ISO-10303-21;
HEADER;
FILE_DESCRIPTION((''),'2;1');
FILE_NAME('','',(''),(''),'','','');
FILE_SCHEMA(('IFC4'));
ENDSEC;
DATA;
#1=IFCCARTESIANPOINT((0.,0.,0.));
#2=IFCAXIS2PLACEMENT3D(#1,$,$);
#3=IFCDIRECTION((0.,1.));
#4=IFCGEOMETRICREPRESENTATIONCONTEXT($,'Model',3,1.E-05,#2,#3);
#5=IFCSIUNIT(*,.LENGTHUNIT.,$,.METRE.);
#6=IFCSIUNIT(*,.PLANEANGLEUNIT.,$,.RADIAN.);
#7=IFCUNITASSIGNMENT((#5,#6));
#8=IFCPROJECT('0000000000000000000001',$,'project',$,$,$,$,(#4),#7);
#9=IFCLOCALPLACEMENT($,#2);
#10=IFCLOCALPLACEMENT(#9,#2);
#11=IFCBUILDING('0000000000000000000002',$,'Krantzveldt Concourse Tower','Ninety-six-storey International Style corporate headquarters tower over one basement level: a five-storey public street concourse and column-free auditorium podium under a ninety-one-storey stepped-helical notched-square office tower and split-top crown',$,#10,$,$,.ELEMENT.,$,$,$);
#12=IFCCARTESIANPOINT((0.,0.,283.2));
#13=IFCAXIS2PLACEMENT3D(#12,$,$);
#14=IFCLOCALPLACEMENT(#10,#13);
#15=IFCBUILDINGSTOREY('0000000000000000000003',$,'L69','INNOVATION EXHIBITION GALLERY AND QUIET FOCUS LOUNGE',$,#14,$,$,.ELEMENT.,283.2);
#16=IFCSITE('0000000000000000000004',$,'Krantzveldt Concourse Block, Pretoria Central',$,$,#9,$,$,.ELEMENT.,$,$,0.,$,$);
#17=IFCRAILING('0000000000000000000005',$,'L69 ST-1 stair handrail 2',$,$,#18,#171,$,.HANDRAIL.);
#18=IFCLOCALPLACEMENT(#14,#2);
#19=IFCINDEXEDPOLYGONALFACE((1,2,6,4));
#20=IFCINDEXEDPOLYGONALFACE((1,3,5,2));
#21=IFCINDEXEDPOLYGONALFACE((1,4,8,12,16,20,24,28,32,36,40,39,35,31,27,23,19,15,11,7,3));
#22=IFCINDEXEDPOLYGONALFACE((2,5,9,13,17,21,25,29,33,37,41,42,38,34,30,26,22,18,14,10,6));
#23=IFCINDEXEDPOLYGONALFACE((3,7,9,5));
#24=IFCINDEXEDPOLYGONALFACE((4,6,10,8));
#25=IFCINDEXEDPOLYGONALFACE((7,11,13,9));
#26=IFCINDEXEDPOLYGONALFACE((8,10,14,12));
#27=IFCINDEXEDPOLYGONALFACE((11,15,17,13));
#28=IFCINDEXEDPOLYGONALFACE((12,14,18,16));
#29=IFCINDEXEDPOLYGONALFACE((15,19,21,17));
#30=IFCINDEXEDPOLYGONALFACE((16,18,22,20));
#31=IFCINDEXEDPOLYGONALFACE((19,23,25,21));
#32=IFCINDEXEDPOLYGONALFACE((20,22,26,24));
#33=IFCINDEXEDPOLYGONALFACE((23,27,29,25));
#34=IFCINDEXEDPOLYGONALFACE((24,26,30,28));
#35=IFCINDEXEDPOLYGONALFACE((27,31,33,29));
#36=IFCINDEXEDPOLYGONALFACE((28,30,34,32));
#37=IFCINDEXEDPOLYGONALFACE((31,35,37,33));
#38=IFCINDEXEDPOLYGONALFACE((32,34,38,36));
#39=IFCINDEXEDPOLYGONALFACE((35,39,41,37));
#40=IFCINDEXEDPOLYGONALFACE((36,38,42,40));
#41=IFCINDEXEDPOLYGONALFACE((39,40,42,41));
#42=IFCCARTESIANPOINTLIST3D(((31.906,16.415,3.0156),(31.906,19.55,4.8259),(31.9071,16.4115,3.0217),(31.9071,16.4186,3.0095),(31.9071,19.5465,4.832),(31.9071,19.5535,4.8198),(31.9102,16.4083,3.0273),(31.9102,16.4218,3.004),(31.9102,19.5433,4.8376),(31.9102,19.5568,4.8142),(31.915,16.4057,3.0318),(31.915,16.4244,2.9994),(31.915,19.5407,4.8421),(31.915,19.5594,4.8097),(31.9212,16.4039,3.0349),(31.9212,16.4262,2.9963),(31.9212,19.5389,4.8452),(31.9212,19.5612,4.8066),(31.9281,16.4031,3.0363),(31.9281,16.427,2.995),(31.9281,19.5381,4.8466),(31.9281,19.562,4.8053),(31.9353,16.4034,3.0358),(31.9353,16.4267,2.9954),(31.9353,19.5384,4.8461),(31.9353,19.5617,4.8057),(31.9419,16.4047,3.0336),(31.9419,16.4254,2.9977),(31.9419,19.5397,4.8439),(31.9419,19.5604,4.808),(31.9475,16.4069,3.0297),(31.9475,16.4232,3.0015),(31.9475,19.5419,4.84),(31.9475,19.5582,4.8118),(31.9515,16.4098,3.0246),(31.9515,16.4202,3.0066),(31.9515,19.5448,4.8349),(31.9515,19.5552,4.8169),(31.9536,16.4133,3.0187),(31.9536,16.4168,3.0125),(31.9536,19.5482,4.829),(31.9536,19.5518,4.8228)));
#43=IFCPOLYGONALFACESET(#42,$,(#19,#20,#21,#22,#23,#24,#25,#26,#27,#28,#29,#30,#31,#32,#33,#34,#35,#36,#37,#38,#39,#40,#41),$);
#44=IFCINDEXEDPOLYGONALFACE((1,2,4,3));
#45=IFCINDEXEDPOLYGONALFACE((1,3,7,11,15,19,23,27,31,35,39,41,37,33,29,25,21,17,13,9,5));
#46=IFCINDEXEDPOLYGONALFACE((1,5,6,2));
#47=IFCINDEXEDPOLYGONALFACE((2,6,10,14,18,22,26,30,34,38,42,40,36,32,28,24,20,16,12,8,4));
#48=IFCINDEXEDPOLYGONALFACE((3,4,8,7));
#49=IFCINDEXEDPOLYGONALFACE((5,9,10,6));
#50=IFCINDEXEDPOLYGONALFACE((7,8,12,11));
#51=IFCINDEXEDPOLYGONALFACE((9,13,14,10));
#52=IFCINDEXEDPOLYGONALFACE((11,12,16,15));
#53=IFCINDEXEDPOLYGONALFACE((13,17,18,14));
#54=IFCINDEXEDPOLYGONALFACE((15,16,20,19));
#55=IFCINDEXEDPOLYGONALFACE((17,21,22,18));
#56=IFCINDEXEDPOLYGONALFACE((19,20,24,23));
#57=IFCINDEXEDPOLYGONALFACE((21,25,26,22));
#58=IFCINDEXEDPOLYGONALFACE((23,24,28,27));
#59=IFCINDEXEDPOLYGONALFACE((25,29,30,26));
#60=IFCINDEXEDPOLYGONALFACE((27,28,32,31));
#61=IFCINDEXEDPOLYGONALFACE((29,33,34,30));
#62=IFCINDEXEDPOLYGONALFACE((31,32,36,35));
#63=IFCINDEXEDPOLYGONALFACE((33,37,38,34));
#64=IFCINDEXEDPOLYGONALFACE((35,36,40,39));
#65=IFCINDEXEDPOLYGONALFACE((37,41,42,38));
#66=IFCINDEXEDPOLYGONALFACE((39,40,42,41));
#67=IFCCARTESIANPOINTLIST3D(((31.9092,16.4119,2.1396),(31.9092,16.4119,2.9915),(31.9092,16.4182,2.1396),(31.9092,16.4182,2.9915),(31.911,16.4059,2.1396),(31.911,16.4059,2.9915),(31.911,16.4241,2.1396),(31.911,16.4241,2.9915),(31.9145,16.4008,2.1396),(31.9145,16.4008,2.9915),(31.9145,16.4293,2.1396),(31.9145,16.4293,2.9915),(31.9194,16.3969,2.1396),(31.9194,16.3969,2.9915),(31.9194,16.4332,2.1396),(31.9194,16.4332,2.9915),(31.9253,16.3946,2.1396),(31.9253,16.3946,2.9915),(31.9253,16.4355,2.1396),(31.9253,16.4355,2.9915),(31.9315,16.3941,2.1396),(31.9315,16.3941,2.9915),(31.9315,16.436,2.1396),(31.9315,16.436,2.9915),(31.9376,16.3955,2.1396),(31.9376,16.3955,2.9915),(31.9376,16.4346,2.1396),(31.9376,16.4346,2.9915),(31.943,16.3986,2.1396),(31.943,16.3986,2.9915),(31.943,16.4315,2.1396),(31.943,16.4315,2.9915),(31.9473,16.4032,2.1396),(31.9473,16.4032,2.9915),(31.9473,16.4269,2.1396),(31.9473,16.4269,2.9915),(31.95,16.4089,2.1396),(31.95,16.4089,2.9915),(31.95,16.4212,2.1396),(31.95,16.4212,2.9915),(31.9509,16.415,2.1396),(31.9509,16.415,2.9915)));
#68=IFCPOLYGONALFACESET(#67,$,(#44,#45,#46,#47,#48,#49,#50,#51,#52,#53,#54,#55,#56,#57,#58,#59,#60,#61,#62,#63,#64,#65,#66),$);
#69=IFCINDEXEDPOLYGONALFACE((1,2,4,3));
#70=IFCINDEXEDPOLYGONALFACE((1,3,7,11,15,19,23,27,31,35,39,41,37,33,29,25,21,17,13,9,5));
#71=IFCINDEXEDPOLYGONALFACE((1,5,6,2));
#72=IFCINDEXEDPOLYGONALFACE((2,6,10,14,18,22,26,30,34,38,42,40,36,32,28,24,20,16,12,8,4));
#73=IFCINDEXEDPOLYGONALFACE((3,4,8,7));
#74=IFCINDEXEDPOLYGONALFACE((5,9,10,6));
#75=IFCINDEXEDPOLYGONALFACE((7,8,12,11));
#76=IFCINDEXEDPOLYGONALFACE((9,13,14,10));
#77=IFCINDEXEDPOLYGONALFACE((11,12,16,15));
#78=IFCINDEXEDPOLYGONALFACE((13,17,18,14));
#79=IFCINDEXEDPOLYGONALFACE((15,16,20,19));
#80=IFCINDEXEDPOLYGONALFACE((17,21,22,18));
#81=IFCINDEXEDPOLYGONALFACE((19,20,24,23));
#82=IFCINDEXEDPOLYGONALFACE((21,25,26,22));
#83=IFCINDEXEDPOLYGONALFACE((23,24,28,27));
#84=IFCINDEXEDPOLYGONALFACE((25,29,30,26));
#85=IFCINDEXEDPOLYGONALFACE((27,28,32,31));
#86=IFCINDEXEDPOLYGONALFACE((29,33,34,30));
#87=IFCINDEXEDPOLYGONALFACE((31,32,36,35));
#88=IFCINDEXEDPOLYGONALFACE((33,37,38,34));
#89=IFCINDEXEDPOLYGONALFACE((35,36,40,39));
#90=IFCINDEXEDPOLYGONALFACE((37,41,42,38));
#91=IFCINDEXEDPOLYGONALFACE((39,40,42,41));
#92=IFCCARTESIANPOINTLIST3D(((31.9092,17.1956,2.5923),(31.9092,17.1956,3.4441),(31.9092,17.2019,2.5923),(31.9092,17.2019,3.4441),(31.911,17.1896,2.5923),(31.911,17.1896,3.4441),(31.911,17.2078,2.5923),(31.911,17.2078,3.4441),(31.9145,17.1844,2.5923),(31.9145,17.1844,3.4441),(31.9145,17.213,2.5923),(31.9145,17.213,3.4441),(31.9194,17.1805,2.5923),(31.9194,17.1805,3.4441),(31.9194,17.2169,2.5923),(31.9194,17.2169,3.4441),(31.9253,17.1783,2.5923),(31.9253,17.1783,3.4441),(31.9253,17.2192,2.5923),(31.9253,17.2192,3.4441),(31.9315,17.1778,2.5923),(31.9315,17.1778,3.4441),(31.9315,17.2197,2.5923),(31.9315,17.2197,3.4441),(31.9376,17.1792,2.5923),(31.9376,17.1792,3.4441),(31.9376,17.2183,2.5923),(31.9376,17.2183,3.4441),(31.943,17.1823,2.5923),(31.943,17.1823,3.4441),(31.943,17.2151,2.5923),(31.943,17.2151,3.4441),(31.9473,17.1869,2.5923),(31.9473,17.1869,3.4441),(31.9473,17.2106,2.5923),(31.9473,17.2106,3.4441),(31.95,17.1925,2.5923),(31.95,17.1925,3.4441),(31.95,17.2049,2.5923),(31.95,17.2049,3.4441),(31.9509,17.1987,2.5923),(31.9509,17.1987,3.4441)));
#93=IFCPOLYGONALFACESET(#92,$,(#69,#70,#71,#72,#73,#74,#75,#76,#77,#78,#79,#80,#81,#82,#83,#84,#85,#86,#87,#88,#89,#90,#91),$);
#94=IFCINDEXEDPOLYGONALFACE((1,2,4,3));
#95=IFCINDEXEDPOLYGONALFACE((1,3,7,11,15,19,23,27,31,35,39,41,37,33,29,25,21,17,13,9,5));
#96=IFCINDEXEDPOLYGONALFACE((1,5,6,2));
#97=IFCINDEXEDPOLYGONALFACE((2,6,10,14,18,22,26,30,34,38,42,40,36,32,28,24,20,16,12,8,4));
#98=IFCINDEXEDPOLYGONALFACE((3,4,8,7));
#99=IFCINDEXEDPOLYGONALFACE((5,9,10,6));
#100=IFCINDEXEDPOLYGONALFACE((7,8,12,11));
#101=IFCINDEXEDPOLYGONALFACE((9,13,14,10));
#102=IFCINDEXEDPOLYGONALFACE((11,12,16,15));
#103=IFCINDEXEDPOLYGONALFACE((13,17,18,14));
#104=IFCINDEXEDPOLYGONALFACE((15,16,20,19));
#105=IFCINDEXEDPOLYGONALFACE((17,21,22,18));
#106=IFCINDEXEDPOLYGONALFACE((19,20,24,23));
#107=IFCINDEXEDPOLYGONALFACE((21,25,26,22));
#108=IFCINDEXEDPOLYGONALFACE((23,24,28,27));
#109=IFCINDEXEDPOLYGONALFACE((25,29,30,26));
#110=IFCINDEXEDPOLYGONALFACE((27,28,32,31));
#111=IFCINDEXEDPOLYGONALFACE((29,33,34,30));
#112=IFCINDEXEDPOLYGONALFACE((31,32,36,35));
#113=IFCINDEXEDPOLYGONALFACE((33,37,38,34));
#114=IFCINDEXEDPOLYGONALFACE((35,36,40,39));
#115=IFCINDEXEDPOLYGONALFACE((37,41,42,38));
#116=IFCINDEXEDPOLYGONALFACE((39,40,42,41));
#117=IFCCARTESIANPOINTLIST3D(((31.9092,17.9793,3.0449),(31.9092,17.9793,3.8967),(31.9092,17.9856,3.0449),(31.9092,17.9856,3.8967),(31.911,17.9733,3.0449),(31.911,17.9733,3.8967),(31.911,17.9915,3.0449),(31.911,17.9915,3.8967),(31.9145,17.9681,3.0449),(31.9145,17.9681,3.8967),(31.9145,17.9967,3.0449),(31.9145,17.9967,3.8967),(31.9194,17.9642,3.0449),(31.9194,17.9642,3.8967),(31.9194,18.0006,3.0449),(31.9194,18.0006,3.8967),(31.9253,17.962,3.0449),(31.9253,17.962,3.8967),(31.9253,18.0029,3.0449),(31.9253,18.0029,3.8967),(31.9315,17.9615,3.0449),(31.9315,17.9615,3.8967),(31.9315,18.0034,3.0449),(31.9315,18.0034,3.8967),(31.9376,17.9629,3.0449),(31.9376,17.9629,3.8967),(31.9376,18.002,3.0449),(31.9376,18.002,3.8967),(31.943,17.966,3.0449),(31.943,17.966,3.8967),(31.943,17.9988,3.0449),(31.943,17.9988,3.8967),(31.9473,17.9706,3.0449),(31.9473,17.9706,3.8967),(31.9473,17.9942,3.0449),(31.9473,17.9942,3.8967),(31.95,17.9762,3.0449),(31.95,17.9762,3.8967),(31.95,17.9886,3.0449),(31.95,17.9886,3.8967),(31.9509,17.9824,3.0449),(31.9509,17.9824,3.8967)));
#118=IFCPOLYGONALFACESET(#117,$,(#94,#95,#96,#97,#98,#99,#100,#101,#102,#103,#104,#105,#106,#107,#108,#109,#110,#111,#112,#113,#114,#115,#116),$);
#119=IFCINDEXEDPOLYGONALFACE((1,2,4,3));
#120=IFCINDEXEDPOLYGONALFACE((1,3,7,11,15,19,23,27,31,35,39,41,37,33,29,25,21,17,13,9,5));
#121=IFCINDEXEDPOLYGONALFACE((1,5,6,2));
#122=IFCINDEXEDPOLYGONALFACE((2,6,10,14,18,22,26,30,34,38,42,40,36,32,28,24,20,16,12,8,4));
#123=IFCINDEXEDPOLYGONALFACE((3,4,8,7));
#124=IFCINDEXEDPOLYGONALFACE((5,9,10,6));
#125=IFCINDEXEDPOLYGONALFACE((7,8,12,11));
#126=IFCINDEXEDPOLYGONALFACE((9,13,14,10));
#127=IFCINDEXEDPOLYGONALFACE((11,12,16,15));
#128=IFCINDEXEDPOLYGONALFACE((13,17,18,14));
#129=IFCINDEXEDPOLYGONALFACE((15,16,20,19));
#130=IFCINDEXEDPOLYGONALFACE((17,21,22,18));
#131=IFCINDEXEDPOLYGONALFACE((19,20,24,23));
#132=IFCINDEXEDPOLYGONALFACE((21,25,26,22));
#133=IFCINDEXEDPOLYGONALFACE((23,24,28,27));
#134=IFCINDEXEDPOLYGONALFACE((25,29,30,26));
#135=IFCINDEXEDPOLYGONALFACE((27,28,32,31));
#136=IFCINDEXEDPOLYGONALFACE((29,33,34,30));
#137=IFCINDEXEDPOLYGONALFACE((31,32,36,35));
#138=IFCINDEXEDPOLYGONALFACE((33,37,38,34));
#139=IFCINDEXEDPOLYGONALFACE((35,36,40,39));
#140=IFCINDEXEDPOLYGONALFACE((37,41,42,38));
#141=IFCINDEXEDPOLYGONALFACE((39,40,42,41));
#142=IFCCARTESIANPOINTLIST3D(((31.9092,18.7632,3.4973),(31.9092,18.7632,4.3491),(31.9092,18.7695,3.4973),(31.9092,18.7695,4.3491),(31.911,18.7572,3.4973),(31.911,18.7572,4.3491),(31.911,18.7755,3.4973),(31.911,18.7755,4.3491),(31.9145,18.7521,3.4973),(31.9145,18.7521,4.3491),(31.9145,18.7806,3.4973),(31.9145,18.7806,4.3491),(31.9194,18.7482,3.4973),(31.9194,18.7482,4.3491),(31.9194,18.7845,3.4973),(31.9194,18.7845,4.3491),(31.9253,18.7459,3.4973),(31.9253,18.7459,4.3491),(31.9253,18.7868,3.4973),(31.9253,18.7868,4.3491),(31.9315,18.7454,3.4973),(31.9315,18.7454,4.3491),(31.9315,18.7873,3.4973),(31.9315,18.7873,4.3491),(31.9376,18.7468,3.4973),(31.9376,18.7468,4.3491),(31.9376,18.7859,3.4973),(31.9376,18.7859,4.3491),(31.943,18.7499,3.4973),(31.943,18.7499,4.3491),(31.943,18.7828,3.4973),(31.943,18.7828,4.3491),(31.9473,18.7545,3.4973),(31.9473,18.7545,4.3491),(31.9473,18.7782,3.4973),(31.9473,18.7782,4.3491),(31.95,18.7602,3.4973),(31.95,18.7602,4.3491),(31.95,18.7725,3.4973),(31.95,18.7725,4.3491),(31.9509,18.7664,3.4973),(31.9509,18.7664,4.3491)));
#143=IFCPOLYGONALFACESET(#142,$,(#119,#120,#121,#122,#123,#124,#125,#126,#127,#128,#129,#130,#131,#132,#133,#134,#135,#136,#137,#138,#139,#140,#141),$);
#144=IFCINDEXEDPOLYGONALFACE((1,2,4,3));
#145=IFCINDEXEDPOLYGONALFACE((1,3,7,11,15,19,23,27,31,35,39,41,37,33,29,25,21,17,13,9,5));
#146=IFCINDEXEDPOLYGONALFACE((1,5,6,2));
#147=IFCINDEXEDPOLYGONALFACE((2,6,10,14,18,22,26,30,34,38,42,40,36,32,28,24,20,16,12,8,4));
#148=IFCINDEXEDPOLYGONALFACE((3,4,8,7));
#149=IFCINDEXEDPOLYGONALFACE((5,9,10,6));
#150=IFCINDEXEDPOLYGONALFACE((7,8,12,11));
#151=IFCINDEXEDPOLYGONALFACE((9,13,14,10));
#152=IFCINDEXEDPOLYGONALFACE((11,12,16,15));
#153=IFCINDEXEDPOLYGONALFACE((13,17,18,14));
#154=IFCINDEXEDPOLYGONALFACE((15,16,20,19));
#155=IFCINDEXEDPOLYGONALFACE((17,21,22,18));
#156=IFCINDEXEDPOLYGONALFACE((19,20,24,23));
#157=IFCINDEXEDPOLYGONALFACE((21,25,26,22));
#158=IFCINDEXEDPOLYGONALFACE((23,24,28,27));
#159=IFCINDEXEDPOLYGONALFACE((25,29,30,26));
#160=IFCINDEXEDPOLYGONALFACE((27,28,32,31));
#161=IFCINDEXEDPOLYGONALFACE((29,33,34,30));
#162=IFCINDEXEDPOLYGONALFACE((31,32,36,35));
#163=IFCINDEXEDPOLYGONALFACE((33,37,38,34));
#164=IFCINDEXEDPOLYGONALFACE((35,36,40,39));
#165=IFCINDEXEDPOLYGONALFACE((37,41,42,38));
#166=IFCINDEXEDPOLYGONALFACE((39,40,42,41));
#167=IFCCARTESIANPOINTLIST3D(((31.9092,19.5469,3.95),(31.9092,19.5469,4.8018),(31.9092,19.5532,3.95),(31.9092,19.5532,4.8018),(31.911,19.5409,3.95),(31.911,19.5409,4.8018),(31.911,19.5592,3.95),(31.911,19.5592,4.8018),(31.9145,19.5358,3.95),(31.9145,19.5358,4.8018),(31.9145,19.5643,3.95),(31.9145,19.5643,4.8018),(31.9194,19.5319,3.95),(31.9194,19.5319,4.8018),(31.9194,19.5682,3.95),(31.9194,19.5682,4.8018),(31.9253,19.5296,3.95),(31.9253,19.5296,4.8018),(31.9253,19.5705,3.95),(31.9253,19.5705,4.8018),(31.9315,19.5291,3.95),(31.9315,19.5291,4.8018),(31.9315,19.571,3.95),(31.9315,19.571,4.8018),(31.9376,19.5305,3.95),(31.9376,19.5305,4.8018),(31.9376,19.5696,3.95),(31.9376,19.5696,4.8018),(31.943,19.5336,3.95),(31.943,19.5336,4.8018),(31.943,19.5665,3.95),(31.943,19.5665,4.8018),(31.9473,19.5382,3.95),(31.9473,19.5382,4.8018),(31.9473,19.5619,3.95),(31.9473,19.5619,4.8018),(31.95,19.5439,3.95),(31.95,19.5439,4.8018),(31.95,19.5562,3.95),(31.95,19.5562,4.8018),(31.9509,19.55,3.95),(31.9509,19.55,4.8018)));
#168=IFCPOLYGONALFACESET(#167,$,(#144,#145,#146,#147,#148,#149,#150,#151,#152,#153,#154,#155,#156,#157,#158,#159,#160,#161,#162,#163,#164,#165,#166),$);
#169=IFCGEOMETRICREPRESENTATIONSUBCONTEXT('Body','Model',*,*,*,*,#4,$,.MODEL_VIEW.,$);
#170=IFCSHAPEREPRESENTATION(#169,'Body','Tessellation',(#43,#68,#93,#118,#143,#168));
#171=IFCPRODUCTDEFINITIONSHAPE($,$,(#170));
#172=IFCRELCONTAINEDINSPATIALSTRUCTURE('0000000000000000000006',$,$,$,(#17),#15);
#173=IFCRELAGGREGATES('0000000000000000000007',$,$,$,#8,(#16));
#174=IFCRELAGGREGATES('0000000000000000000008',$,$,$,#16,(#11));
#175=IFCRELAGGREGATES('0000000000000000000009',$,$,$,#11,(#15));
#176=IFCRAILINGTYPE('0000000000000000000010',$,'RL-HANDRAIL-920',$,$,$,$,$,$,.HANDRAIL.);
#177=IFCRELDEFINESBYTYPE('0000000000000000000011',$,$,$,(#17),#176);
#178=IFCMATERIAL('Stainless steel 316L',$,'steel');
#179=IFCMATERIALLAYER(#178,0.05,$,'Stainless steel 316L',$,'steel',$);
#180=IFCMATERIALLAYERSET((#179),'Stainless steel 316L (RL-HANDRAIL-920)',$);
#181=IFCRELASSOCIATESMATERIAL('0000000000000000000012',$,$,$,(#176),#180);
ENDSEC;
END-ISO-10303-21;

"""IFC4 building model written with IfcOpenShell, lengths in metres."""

from ifc_helpers import new_model, si_unit, direction, frame, origin, origin_2d, place, context, subcontext, project, spatial, circle, extrude, material, layer, layer_set, type_object, element, save


model = new_model("IFC4")

# Units and contexts
model_context = context("Model", 3, precision=1e-05, world=origin(), true_north=direction((0.0, 1.0)))
body_context = subcontext(model_context, "Body", "Model", "MODEL_VIEW")
ifc_project = project(units=[si_unit("LENGTHUNIT", "METRE"), si_unit("PLANEANGLEUNIT", "RADIAN")], contexts=[model_context])

# Site, building, storey
site_placement = place(None, origin())
site = spatial("IfcSite", under=ifc_project, at=site_placement, Name="Krantzveldt Concourse Block, Pretoria Central", CompositionType="ELEMENT", RefElevation=0.0)
building_placement = place(site_placement, origin())
building = spatial("IfcBuilding", under=site, at=building_placement, Name="Krantzveldt Concourse Tower", Description="Ninety-six-storey International Style corporate headquarters tower over one basement level: a five-storey public street concourse and column-free auditorium podium under a ninety-one-storey stepped-helical notched-square office tower and split-top crown", CompositionType="ELEMENT")
storey_placement = place(building_placement, frame((0.0, 0.0, 283.2)))
storey = spatial("IfcBuildingStorey", under=building, at=storey_placement, Name="L69", Description="INNOVATION EXHIBITION GALLERY AND QUIET FOCUS LOUNGE", CompositionType="ELEMENT", Elevation=283.2)

# Railing
ifc_material_1 = material(Name="Stainless steel 316L", Category="steel")
ifc_layer_1 = layer(ifc_material_1, 0.05, Name="Stainless steel 316L", Category="steel")
ifc_layer_set_1 = layer_set([ifc_layer_1], Name="Stainless steel 316L (RL-HANDRAIL-920)")
railing_type_1 = type_object("IfcRailingType", Name="RL-HANDRAIL-920", PredefinedType="HANDRAIL", material=ifc_layer_set_1)
railing_1_placement = place(storey_placement, frame((31.9299, 16.415, 2.1396)))
element("IfcRailing", 1, at=railing_1_placement, inside=storey, type_object=railing_type_1, Name="L69 ST-1 stair handrail 2", PredefinedType="HANDRAIL", context=body_context, shape_type="SweptSolid", body=[
    extrude(circle(Radius=0.0239, at=origin_2d()), frame((0.0, 0.0, 0.876), z_axis=(0.0, 0.865989, 0.500063), x_axis=(-1.0, 0.0, 0.0)), (0.0, 0.0, 1.0), 3.6201),
    extrude(circle(Radius=0.021, at=origin_2d()), origin(), (0.0, 0.0, 1.0), 0.8518),
    extrude(circle(Radius=0.021, at=origin_2d()), frame((0.0, 0.7837, 0.4526)), (0.0, 0.0, 1.0), 0.8518),
    extrude(circle(Radius=0.021, at=origin_2d()), frame((0.0, 1.5674, 0.9053)), (0.0, 0.0, 1.0), 0.8518),
    extrude(circle(Radius=0.021, at=origin_2d()), frame((0.0, 2.3513, 1.3577)), (0.0, 0.0, 1.0), 0.8518),
    extrude(circle(Radius=0.021, at=origin_2d()), frame((0.0, 3.135, 1.8103)), (0.0, 0.0, 1.0), 0.8518),
])

save(model, "model.ifc")
